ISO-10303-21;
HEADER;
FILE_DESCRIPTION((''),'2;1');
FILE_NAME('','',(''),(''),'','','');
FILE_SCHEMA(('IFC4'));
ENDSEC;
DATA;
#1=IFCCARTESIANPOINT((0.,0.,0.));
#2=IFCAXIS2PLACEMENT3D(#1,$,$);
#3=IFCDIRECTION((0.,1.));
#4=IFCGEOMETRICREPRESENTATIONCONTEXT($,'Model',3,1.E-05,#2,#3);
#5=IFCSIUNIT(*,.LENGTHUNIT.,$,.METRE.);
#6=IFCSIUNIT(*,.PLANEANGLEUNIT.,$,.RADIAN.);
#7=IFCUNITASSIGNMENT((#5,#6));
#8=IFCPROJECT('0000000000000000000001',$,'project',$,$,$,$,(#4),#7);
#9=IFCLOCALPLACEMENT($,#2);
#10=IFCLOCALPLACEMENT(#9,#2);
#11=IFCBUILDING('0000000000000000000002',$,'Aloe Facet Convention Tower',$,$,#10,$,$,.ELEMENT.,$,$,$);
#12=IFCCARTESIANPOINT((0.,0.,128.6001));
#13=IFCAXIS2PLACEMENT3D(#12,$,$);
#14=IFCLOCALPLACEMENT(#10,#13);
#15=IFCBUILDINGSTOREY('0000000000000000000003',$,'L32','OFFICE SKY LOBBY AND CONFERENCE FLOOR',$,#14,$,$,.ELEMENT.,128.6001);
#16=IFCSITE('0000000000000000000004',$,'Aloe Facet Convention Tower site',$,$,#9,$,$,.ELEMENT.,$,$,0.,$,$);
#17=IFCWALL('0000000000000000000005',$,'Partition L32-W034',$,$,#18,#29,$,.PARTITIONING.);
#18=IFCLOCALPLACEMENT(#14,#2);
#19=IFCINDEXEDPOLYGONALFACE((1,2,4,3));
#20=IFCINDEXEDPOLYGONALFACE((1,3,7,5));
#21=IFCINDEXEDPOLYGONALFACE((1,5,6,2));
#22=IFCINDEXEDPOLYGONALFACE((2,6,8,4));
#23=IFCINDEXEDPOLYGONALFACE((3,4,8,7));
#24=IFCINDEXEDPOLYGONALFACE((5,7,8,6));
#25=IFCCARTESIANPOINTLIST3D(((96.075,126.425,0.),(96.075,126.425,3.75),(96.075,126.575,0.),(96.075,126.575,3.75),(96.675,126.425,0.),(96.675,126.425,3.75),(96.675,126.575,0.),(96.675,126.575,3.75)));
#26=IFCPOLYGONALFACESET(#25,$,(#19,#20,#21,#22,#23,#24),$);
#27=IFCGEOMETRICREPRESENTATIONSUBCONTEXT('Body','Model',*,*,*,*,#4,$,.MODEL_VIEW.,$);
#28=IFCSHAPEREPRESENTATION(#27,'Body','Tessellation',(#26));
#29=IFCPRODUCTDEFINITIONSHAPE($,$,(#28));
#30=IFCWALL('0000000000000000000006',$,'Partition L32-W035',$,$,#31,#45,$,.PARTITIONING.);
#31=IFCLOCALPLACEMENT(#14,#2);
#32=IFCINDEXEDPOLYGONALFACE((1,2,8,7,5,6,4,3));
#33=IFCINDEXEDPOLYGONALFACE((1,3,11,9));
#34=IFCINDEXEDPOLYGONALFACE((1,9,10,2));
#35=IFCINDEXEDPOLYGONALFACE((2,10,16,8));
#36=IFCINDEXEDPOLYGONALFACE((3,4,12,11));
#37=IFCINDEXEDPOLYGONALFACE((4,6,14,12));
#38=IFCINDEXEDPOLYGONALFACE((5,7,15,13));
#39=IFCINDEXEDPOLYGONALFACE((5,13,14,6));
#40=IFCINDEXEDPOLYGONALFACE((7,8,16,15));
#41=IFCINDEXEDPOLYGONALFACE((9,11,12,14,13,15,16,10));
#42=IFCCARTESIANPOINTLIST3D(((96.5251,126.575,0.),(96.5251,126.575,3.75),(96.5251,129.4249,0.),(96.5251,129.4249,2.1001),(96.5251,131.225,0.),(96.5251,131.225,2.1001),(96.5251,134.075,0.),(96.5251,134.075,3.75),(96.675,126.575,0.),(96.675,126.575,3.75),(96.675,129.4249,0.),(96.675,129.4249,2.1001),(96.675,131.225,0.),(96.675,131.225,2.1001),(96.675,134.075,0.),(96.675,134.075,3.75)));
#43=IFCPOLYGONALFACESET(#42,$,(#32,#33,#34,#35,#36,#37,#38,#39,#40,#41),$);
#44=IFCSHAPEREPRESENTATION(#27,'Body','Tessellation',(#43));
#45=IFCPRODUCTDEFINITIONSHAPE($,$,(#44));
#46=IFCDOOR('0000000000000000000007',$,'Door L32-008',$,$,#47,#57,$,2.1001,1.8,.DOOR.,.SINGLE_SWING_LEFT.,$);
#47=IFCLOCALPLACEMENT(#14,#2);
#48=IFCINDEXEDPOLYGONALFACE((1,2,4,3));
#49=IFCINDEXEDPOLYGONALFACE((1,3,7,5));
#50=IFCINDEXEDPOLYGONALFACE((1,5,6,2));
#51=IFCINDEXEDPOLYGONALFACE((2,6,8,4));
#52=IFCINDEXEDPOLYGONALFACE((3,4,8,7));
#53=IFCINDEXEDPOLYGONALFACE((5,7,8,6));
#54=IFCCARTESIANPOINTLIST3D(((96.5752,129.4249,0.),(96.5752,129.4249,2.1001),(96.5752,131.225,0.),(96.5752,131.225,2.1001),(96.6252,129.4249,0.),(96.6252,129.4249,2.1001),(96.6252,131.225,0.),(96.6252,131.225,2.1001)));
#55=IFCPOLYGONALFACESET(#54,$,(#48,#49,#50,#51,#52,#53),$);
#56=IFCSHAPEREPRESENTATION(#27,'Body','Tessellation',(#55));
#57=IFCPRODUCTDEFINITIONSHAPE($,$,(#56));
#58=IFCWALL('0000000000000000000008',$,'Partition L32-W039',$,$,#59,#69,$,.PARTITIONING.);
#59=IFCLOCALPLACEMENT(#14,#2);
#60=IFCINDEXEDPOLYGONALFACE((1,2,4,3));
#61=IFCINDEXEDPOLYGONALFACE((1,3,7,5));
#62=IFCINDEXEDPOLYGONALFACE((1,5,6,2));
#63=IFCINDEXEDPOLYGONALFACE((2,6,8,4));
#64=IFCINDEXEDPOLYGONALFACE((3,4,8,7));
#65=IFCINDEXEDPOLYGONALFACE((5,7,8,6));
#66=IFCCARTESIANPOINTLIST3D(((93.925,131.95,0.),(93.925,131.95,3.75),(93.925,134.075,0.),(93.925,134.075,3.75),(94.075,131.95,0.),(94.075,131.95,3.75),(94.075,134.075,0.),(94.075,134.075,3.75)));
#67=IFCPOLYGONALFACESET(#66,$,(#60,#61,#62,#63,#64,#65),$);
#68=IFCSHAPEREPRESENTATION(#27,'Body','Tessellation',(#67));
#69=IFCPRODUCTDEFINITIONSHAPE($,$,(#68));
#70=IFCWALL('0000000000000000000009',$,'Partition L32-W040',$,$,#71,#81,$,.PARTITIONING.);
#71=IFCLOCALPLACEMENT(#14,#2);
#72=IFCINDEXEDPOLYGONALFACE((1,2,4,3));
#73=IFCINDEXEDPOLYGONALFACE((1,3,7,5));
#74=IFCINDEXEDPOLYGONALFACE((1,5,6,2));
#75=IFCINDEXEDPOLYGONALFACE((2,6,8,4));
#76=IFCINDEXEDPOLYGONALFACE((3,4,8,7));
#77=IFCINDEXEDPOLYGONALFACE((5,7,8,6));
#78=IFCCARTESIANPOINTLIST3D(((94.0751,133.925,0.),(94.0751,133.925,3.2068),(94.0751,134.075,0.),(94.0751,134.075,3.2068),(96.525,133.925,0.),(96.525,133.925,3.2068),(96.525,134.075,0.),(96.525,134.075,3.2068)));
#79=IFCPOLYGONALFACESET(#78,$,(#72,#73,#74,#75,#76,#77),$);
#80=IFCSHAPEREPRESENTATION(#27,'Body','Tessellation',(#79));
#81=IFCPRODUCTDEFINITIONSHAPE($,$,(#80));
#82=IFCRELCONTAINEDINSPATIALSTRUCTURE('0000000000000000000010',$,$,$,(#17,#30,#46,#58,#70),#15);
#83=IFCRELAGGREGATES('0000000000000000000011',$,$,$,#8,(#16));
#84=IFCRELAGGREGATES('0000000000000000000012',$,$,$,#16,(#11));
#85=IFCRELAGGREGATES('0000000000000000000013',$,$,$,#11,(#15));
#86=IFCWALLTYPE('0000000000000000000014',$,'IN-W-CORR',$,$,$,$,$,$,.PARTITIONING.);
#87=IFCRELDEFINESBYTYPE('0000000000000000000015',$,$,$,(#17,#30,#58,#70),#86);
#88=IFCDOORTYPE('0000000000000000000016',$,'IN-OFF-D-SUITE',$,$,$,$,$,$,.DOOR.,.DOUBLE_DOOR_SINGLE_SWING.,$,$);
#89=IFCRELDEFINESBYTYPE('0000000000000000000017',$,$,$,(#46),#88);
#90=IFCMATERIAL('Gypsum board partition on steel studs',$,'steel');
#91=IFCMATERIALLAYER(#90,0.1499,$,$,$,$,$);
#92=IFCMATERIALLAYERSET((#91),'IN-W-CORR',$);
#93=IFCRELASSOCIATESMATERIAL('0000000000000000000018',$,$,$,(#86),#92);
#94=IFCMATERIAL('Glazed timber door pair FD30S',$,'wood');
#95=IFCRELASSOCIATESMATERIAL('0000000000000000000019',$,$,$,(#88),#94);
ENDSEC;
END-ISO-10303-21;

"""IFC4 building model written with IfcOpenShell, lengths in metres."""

from ifc_helpers import new_model, si_unit, direction, frame, frame_2d, origin, place, context, subcontext, project, spatial, rectangle, extrude, material, layer, layer_set, type_object, element, fill, save


model = new_model("IFC4")

# Units and contexts
model_context = context("Model", 3, precision=1e-05, world=origin(), true_north=direction((0.0, 1.0)))
body_context = subcontext(model_context, "Body", "Model", "MODEL_VIEW")
ifc_project = project(units=[si_unit("LENGTHUNIT", "METRE"), si_unit("PLANEANGLEUNIT", "RADIAN")], contexts=[model_context])

# Site, building, storey
site_placement = place(None, origin())
site = spatial("IfcSite", under=ifc_project, at=site_placement, Name="Aloe Facet Convention Tower site", CompositionType="ELEMENT", RefElevation=0.0)
building_placement = place(site_placement, origin())
building = spatial("IfcBuilding", under=site, at=building_placement, Name="Aloe Facet Convention Tower", CompositionType="ELEMENT")
storey_placement = place(building_placement, frame((0.0, 0.0, 128.6001)))
storey = spatial("IfcBuildingStorey", under=building, at=storey_placement, Name="L32", Description="OFFICE SKY LOBBY AND CONFERENCE FLOOR", CompositionType="ELEMENT", Elevation=128.6001)

# Wall
ifc_material_1 = material(Name="Gypsum board partition on steel studs", Category="steel")
ifc_layer_1 = layer(ifc_material_1, 0.1499)
ifc_layer_set_1 = layer_set([ifc_layer_1], Name="IN-W-CORR")
wall_type_1 = type_object("IfcWallType", Name="IN-W-CORR", PredefinedType="PARTITIONING", material=ifc_layer_set_1)
wall_1_placement = place(storey_placement, frame((96.075, 126.5, 0.0), z_axis=(0.0, 0.0, 1.0), x_axis=(1.0, 0.0, 0.0)))
element("IfcWall", 1, at=wall_1_placement, inside=storey, type_object=wall_type_1, Name="Partition L32-W034", PredefinedType="PARTITIONING", context=body_context, shape_type="SweptSolid", body=[
    extrude(rectangle(XDim=0.6001, YDim=0.1499, at=frame_2d((0.3, 0.0))), origin(), (0.0, 0.0, 1.0), 3.75),
])

# Wall, opening, door
wall_2_placement = place(storey_placement, frame((96.6001, 126.575, 0.0), z_axis=(0.0, 0.0, 1.0), x_axis=(0.0, 1.0, 0.0)))
wall_2 = element("IfcWall", 2, at=wall_2_placement, inside=storey, type_object=wall_type_1, Name="Partition L32-W035", PredefinedType="PARTITIONING", context=body_context, shape_type="SweptSolid", body=[
    extrude(rectangle(XDim=7.5, YDim=0.1499, at=frame_2d((3.75, 0.0))), origin(), (0.0, 0.0, 1.0), 3.75),
])
opening_1_placement = place(wall_2_placement, frame((2.8501, 0.0, 0.0)))
opening_1 = element("IfcOpeningElement", 3, at=opening_1_placement, cuts=wall_2, PredefinedType="OPENING", context=body_context, shape_type="SweptSolid", body=[
    extrude(rectangle(XDim=1.8, YDim=2.1001, at=frame_2d((0.8999, 1.05))), frame((0.0, 0.085, 0.0), z_axis=(0.0, -1.0, 0.0), x_axis=(1.0, 0.0, 0.0)), (0.0, 0.0, 1.0), 0.1699),
])
ifc_material_2 = material(Name="Glazed timber door pair FD30S", Category="wood")
door_type = type_object("IfcDoorType", Name="IN-OFF-D-SUITE", OperationType="DOUBLE_DOOR_SINGLE_SWING", PredefinedType="DOOR", material=ifc_material_2)
door_placement = place(opening_1_placement, origin())
door = element("IfcDoor", 4, at=door_placement, inside=storey, type_object=door_type, Name="Door L32-008", OperationType="SINGLE_SWING_LEFT", OverallHeight=2.1001, OverallWidth=1.8, PredefinedType="DOOR", context=body_context, shape_type="SweptSolid", body=[
    extrude(rectangle(XDim=1.8, YDim=2.1001, at=frame_2d((0.8999, 1.05))), frame((0.0, 0.0249, 0.0), z_axis=(0.0, -1.0, 0.0), x_axis=(1.0, 0.0, 0.0)), (0.0, 0.0, 1.0), 0.05),
])
fill(opening_1, door)

# Walls
wall_3_placement = place(storey_placement, frame((94.0, 131.95, 0.0), z_axis=(0.0, 0.0, 1.0), x_axis=(0.0, 1.0, 0.0)))
element("IfcWall", 5, at=wall_3_placement, inside=storey, type_object=wall_type_1, Name="Partition L32-W039", PredefinedType="PARTITIONING", context=body_context, shape_type="SweptSolid", body=[
    extrude(rectangle(XDim=2.125, YDim=0.1499, at=frame_2d((1.0625, 0.0))), origin(), (0.0, 0.0, 1.0), 3.75),
])
wall_4_placement = place(storey_placement, frame((94.075, 134.0, 0.0), z_axis=(0.0, 0.0, 1.0), x_axis=(1.0, 0.0, 0.0)))
element("IfcWall", 6, at=wall_4_placement, inside=storey, type_object=wall_type_1, Name="Partition L32-W040", PredefinedType="PARTITIONING", context=body_context, shape_type="SweptSolid", body=[
    extrude(rectangle(XDim=2.45, YDim=0.1499, at=frame_2d((1.2251, 0.0))), origin(), (0.0, 0.0, 1.0), 3.2068),
])

save(model, "model.ifc")
